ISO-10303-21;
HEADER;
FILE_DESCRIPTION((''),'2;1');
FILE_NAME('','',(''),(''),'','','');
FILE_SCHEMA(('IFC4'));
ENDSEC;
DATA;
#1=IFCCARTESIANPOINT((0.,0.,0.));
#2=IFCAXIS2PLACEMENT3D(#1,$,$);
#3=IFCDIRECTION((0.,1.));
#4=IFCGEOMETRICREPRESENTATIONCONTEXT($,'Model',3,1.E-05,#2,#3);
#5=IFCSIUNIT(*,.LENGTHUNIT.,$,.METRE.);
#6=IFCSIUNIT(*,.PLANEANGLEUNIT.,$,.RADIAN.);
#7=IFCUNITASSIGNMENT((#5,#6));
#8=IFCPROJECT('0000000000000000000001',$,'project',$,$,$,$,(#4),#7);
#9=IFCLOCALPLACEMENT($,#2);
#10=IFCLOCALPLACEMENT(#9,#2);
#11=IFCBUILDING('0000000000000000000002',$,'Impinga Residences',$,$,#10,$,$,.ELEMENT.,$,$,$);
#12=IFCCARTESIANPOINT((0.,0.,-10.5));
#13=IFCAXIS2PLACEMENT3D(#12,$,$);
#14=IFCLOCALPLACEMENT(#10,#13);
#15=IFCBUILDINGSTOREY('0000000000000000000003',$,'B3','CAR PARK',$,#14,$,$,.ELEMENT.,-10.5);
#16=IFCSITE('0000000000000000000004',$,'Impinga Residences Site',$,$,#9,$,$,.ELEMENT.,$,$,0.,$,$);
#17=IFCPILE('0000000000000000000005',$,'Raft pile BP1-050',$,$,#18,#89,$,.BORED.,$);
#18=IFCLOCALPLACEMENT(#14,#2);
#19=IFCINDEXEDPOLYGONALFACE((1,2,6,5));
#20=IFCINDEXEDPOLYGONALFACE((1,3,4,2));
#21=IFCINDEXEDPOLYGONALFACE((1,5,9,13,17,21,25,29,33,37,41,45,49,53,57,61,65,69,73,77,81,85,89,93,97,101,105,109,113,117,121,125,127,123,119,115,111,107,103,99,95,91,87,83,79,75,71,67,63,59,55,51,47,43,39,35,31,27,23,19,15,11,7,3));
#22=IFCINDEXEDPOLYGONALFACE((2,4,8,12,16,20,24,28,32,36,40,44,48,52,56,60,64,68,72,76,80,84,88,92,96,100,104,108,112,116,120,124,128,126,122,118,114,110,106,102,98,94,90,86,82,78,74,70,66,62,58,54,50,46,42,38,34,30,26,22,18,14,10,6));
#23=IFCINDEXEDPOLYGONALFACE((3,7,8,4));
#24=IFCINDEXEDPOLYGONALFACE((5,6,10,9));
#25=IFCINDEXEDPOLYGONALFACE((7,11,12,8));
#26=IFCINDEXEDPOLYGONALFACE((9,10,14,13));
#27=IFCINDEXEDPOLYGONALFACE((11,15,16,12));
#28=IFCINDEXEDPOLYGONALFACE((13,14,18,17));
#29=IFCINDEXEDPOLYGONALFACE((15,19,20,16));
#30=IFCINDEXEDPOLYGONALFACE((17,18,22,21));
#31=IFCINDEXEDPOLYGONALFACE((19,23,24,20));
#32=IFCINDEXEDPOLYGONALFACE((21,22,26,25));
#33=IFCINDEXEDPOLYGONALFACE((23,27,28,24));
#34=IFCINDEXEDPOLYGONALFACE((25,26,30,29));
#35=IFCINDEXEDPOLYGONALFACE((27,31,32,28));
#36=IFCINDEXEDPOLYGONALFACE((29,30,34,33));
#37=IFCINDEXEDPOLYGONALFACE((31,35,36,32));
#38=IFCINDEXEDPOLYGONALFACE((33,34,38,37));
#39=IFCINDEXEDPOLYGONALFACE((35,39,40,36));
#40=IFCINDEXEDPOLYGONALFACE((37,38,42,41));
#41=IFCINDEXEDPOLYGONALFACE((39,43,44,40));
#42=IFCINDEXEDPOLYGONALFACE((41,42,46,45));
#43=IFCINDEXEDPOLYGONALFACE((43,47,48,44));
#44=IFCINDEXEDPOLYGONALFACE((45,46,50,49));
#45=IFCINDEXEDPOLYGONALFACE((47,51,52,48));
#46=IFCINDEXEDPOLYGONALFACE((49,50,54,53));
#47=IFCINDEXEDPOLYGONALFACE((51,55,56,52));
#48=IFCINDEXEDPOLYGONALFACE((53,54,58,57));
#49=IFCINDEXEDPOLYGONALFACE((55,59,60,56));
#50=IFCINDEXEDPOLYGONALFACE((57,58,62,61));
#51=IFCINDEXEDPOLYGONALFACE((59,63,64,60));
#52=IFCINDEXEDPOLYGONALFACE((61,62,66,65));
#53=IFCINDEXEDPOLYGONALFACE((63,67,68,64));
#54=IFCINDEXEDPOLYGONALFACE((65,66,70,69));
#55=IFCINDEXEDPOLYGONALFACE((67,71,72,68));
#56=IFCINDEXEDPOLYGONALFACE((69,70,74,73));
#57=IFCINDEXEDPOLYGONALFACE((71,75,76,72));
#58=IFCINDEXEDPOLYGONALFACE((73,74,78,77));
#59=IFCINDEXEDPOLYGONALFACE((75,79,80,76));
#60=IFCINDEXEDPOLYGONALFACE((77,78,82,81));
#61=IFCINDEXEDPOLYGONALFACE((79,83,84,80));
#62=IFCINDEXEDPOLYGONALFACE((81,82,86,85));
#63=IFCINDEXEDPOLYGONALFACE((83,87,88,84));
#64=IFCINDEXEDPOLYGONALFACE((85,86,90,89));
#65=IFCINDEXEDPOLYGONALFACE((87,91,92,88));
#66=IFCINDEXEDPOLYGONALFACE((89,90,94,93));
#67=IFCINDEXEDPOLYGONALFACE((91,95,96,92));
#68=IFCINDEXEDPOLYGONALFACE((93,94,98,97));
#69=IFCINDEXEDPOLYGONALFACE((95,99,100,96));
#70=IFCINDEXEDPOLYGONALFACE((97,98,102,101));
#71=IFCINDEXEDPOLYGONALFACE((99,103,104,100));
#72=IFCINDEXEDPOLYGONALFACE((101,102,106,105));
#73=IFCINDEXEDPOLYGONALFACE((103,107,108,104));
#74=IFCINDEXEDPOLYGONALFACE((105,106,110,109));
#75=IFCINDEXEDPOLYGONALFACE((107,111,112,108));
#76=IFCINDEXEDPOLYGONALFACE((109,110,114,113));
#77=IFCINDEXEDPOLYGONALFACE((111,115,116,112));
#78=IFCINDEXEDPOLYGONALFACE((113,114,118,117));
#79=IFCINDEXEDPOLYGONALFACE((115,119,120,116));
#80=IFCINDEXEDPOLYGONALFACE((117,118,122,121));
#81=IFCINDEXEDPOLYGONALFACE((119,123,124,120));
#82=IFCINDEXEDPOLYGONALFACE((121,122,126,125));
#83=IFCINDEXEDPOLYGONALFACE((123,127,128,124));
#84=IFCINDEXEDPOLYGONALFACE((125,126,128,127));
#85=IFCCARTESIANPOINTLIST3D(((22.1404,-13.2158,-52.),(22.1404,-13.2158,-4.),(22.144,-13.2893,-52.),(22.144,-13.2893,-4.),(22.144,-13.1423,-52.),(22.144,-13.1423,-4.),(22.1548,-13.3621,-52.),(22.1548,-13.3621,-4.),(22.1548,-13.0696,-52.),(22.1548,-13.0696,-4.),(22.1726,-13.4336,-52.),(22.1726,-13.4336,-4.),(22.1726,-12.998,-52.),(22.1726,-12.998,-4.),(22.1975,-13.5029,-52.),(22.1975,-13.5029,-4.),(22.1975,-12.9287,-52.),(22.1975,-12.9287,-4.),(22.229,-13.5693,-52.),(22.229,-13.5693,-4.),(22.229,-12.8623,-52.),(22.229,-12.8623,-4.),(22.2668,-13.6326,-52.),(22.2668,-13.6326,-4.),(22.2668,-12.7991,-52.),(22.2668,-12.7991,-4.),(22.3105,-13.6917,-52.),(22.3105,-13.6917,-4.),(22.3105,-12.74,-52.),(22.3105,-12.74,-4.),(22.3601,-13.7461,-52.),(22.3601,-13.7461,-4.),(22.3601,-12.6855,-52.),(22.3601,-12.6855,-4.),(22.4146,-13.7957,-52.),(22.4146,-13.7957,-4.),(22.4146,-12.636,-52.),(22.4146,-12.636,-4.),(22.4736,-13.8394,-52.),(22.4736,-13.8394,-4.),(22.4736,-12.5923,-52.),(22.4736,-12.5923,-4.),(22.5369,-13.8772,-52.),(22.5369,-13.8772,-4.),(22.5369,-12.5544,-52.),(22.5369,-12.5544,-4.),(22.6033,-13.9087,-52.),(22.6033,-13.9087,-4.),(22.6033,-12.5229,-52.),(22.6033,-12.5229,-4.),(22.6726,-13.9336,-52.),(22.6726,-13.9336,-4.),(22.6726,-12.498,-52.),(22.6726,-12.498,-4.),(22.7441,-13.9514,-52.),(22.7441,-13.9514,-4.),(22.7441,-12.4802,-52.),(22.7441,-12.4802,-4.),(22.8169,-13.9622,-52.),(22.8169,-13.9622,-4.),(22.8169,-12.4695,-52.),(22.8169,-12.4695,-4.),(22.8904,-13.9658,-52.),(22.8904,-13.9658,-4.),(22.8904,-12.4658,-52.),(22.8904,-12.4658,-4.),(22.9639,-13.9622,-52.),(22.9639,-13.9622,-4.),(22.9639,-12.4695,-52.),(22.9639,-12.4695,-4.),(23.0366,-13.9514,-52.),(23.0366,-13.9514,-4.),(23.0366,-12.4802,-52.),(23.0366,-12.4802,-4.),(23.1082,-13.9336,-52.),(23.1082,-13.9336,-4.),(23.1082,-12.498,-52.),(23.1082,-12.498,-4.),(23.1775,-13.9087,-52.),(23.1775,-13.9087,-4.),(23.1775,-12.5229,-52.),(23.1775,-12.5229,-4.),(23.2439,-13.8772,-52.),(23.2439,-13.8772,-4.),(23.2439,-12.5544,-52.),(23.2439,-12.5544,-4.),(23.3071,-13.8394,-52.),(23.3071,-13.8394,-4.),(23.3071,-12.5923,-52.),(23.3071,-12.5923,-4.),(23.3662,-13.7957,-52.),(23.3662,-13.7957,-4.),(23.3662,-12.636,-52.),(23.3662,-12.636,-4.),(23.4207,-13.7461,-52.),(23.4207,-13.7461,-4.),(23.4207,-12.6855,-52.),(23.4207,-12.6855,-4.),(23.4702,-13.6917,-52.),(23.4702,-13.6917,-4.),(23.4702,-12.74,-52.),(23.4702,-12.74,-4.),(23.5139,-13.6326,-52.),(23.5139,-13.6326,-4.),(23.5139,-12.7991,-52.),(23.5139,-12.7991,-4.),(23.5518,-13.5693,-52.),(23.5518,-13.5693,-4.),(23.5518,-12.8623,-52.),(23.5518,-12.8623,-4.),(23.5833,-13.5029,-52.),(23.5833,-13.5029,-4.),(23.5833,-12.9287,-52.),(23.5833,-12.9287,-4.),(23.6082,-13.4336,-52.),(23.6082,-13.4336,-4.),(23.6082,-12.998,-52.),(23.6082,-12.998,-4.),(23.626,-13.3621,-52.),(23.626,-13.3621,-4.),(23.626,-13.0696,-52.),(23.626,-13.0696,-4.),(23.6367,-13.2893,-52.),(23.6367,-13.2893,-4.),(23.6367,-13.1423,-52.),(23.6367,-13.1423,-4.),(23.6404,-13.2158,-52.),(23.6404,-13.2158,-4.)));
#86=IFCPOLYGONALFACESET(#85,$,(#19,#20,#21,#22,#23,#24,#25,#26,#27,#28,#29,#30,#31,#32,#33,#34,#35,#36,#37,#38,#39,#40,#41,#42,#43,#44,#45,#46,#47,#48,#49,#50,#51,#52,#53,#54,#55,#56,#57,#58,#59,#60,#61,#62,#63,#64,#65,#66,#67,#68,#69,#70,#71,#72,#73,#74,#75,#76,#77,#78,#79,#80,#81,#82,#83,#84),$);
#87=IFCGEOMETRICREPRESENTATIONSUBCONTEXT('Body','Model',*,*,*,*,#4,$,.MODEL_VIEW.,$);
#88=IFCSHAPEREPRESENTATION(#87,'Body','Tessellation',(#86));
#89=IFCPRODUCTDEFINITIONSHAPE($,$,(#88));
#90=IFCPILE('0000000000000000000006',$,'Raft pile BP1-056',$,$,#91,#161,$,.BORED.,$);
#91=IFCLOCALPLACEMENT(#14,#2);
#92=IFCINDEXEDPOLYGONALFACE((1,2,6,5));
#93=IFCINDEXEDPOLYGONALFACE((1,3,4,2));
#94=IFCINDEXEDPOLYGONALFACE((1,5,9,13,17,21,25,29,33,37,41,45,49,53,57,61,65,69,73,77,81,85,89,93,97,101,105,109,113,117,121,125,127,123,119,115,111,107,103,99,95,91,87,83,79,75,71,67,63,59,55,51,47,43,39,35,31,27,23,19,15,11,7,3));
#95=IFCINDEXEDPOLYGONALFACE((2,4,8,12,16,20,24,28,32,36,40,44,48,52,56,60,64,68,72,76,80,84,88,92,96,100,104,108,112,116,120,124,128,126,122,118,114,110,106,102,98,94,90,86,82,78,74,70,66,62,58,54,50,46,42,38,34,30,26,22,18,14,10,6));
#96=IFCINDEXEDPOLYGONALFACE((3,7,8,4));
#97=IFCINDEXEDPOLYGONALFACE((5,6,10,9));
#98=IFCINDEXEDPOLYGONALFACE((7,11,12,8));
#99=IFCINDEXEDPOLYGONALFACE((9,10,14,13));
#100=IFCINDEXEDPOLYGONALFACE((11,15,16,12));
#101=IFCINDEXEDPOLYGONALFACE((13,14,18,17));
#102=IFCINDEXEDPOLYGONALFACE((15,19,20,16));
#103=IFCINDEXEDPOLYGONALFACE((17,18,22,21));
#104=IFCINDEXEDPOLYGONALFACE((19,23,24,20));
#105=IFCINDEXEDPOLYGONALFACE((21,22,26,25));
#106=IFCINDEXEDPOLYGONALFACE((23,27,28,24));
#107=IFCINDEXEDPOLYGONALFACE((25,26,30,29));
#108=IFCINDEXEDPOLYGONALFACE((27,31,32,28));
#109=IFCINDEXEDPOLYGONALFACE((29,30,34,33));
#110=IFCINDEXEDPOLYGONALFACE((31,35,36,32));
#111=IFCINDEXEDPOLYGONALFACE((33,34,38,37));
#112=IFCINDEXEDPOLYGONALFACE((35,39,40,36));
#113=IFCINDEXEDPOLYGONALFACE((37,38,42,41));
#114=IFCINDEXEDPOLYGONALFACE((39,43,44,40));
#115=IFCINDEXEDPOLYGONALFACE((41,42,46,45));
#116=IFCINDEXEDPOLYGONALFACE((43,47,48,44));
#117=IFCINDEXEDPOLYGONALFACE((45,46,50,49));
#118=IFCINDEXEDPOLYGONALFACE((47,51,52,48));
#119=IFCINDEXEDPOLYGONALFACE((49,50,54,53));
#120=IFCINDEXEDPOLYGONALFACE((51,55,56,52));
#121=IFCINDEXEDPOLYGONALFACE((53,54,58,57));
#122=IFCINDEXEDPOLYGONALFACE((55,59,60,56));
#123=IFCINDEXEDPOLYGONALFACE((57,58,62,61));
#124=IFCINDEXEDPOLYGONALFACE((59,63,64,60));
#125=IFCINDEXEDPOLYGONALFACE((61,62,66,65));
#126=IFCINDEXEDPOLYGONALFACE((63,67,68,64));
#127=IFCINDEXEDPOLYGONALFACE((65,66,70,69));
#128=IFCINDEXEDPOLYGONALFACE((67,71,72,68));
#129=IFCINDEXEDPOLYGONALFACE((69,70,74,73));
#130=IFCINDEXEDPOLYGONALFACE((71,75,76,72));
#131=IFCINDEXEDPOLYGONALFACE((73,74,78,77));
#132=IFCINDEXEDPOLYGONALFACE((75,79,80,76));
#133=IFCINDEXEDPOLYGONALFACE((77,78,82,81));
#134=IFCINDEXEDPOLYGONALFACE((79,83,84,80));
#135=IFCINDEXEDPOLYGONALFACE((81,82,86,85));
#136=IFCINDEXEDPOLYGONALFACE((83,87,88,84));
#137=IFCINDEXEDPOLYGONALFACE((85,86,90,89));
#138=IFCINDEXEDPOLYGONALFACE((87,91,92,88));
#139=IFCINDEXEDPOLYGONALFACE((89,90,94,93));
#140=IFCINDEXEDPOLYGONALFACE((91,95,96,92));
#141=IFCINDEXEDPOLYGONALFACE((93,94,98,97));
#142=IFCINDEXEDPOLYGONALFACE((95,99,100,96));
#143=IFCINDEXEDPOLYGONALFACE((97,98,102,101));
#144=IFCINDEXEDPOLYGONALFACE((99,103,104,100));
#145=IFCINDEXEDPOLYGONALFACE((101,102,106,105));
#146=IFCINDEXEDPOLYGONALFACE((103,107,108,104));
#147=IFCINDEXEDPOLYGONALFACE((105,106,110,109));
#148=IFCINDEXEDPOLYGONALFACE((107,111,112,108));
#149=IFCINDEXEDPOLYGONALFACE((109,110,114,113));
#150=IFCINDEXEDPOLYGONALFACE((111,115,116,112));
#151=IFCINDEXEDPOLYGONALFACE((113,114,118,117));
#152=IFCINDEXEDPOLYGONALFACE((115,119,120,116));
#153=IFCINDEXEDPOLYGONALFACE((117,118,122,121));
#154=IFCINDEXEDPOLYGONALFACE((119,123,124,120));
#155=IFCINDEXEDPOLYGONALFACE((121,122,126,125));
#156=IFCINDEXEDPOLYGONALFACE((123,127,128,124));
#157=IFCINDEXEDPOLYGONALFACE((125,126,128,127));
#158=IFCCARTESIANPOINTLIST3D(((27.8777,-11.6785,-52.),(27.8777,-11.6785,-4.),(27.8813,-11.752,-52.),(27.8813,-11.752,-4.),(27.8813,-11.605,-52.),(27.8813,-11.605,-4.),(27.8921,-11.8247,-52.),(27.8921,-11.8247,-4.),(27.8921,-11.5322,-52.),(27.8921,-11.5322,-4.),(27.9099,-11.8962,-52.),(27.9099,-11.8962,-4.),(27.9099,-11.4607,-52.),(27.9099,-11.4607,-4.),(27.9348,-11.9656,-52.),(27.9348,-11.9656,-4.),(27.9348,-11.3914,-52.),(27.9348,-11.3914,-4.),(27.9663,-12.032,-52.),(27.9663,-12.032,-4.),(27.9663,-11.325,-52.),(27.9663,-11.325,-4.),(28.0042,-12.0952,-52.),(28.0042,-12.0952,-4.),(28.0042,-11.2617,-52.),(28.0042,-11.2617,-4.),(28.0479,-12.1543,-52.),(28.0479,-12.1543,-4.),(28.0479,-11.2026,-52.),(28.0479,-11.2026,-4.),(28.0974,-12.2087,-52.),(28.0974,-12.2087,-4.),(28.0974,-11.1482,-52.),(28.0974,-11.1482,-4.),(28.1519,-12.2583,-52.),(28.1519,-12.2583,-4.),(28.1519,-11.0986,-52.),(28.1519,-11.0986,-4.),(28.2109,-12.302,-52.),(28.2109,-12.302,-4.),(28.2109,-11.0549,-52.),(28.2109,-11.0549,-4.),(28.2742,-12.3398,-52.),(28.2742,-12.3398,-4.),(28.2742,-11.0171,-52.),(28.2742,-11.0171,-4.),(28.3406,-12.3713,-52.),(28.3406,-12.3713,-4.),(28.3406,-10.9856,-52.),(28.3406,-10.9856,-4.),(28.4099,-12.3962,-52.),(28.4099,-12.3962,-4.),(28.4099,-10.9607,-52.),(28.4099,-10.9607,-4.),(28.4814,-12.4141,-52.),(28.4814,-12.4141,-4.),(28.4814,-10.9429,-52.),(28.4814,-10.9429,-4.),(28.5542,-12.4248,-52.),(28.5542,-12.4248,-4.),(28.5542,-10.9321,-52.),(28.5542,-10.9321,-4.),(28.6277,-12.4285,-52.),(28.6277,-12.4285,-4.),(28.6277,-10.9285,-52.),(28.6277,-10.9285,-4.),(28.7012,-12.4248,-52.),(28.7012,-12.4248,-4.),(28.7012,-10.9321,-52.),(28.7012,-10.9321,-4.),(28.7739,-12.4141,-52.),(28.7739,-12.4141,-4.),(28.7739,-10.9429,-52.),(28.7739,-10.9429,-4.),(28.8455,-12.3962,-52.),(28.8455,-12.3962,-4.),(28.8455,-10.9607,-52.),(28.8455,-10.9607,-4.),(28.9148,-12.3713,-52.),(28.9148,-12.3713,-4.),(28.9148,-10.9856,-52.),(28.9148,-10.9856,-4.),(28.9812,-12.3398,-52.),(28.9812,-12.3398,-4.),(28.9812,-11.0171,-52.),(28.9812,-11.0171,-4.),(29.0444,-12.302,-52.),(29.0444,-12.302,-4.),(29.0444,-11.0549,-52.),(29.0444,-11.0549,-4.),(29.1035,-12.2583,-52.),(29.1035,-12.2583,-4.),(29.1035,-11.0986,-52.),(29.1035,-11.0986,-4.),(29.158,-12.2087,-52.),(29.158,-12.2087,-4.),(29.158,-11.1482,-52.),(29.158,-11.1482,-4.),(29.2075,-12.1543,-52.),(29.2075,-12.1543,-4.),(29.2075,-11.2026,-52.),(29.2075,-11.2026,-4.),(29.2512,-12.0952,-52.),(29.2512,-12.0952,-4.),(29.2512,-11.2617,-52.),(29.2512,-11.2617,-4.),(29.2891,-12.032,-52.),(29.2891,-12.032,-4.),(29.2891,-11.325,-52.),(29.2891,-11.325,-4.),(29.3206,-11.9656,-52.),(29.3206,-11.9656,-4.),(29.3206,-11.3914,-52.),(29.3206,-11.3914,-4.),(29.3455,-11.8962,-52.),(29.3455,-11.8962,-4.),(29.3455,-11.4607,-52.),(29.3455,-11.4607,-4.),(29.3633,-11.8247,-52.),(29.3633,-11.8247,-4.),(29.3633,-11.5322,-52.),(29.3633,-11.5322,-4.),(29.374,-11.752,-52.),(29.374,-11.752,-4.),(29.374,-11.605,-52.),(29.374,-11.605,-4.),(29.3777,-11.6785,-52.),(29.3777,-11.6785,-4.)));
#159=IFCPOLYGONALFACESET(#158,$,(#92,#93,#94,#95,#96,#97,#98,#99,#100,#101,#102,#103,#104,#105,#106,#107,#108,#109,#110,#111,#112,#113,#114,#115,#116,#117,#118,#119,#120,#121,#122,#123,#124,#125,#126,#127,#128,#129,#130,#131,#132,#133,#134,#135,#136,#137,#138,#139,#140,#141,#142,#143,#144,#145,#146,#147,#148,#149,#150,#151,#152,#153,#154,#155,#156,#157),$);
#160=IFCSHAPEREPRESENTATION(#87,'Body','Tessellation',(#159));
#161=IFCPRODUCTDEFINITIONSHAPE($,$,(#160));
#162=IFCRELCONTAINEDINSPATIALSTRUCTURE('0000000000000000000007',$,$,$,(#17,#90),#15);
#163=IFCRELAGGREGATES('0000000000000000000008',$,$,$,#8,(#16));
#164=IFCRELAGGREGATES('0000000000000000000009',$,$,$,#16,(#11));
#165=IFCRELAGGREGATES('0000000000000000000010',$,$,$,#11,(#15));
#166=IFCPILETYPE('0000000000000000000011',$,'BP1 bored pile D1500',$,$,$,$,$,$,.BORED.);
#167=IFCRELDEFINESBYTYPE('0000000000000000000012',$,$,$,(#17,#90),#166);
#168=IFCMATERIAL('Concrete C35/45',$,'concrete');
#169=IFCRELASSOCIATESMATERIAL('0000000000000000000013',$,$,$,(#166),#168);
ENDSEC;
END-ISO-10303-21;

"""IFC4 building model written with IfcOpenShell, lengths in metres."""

from ifc_helpers import new_model, si_unit, direction, frame, origin, origin_2d, place, context, subcontext, project, spatial, polyline, circle, outline, extrude, material, material_profile, profile_set, type_object, element, save


model = new_model("IFC4")

# Units and contexts
model_context = context("Model", 3, precision=1e-05, world=origin(), true_north=direction((0.0, 1.0)))
body_context = subcontext(model_context, "Body", "Model", "MODEL_VIEW")
ifc_project = project(units=[si_unit("LENGTHUNIT", "METRE"), si_unit("PLANEANGLEUNIT", "RADIAN")], contexts=[model_context])

# Site, building, storey
site_placement = place(None, origin())
site = spatial("IfcSite", under=ifc_project, at=site_placement, Name="Impinga Residences Site", CompositionType="ELEMENT", RefElevation=0.0)
building_placement = place(site_placement, origin())
building = spatial("IfcBuilding", under=site, at=building_placement, Name="Impinga Residences", CompositionType="ELEMENT")
storey_placement = place(building_placement, frame((0.0, 0.0, -10.5)))
storey = spatial("IfcBuildingStorey", under=building, at=storey_placement, Name="B3", Description="CAR PARK", CompositionType="ELEMENT", Elevation=-10.5)

# Piles
ifc_material_1 = material(Name="Concrete C35/45", Category="concrete")
ifc_material_profile_1 = material_profile(ifc_material_1, circle(Radius=0.75, at=origin_2d()), Name="D1500")
ifc_profile_set_1 = profile_set([ifc_material_profile_1], Name="Concrete C35/45")
pile_type = type_object("IfcPileType", Name="BP1 bored pile D1500", PredefinedType="BORED", material=ifc_profile_set_1)
pile_1_placement = place(storey_placement, frame((22.8904, -13.2158, -4.0), z_axis=(0.0, 0.0, -1.0), x_axis=(1.0, 0.0, 0.0)))
element("IfcPile", 1, at=pile_1_placement, inside=storey, type_object=pile_type, Name="Raft pile BP1-050", PredefinedType="BORED", context=body_context, shape_type="SweptSolid", body=[
    extrude(outline(polyline([(0.75, 0.0), (0.7463, 0.0735), (0.7356, 0.1462), (0.7178, 0.2178), (0.6929, 0.2871), (0.6614, 0.3535), (0.6235, 0.4167), (0.5798, 0.4758), (0.5303, 0.5303), (0.4758, 0.5798), (0.4167, 0.6235), (0.3535, 0.6614), (0.2871, 0.6929), (0.2178, 0.7178), (0.1462, 0.7356), (0.0735, 0.7463), (0.0, 0.75), (-0.0735, 0.7463), (-0.1462, 0.7356), (-0.2178, 0.7178), (-0.2871, 0.6929), (-0.3535, 0.6614), (-0.4167, 0.6235), (-0.4758, 0.5798), (-0.5303, 0.5303), (-0.5798, 0.4758), (-0.6235, 0.4167), (-0.6614, 0.3535), (-0.6929, 0.2871), (-0.7178, 0.2178), (-0.7356, 0.1462), (-0.7463, 0.0735), (-0.75, 0.0), (-0.7463, -0.0735), (-0.7356, -0.1462), (-0.7178, -0.2178), (-0.6929, -0.2871), (-0.6614, -0.3535), (-0.6235, -0.4167), (-0.5798, -0.4758), (-0.5303, -0.5303), (-0.4758, -0.5798), (-0.4167, -0.6235), (-0.3535, -0.6614), (-0.2871, -0.6929), (-0.2178, -0.7178), (-0.1462, -0.7356), (-0.0735, -0.7463), (0.0, -0.75), (0.0735, -0.7463), (0.1462, -0.7356), (0.2178, -0.7178), (0.2871, -0.6929), (0.3535, -0.6614), (0.4167, -0.6235), (0.4758, -0.5798), (0.5303, -0.5303), (0.5798, -0.4758), (0.6235, -0.4167), (0.6614, -0.3535), (0.6929, -0.2871), (0.7178, -0.2178), (0.7356, -0.1462), (0.7463, -0.0735), (0.75, 0.0)])), origin(), (0.0, 0.0, 1.0), 48.0),
])
pile_2_placement = place(storey_placement, frame((28.6277, -11.6785, -4.0), z_axis=(0.0, 0.0, -1.0), x_axis=(1.0, 0.0, 0.0)))
element("IfcPile", 2, at=pile_2_placement, inside=storey, type_object=pile_type, Name="Raft pile BP1-056", PredefinedType="BORED", context=body_context, shape_type="SweptSolid", body=[
    extrude(outline(polyline([(0.75, 0.0), (0.7463, 0.0735), (0.7356, 0.1462), (0.7178, 0.2178), (0.6929, 0.2871), (0.6614, 0.3535), (0.6235, 0.4167), (0.5798, 0.4758), (0.5303, 0.5303), (0.4758, 0.5798), (0.4167, 0.6235), (0.3535, 0.6614), (0.2871, 0.6929), (0.2178, 0.7178), (0.1462, 0.7356), (0.0735, 0.7463), (0.0, 0.75), (-0.0735, 0.7463), (-0.1462, 0.7356), (-0.2178, 0.7178), (-0.2871, 0.6929), (-0.3535, 0.6614), (-0.4167, 0.6235), (-0.4758, 0.5798), (-0.5303, 0.5303), (-0.5798, 0.4758), (-0.6235, 0.4167), (-0.6614, 0.3535), (-0.6929, 0.2871), (-0.7178, 0.2178), (-0.7356, 0.1462), (-0.7463, 0.0735), (-0.75, 0.0), (-0.7463, -0.0735), (-0.7356, -0.1462), (-0.7178, -0.2178), (-0.6929, -0.2871), (-0.6614, -0.3535), (-0.6235, -0.4167), (-0.5798, -0.4758), (-0.5303, -0.5303), (-0.4758, -0.5798), (-0.4167, -0.6235), (-0.3535, -0.6614), (-0.2871, -0.6929), (-0.2178, -0.7178), (-0.1462, -0.7356), (-0.0735, -0.7463), (0.0, -0.75), (0.0735, -0.7463), (0.1462, -0.7356), (0.2178, -0.7178), (0.2871, -0.6929), (0.3535, -0.6614), (0.4167, -0.6235), (0.4758, -0.5798), (0.5303, -0.5303), (0.5798, -0.4758), (0.6235, -0.4167), (0.6614, -0.3535), (0.6929, -0.2871), (0.7178, -0.2178), (0.7356, -0.1462), (0.7463, -0.0735), (0.75, 0.0)])), origin(), (0.0, 0.0, 1.0), 48.0),
])

save(model, "model.ifc")
